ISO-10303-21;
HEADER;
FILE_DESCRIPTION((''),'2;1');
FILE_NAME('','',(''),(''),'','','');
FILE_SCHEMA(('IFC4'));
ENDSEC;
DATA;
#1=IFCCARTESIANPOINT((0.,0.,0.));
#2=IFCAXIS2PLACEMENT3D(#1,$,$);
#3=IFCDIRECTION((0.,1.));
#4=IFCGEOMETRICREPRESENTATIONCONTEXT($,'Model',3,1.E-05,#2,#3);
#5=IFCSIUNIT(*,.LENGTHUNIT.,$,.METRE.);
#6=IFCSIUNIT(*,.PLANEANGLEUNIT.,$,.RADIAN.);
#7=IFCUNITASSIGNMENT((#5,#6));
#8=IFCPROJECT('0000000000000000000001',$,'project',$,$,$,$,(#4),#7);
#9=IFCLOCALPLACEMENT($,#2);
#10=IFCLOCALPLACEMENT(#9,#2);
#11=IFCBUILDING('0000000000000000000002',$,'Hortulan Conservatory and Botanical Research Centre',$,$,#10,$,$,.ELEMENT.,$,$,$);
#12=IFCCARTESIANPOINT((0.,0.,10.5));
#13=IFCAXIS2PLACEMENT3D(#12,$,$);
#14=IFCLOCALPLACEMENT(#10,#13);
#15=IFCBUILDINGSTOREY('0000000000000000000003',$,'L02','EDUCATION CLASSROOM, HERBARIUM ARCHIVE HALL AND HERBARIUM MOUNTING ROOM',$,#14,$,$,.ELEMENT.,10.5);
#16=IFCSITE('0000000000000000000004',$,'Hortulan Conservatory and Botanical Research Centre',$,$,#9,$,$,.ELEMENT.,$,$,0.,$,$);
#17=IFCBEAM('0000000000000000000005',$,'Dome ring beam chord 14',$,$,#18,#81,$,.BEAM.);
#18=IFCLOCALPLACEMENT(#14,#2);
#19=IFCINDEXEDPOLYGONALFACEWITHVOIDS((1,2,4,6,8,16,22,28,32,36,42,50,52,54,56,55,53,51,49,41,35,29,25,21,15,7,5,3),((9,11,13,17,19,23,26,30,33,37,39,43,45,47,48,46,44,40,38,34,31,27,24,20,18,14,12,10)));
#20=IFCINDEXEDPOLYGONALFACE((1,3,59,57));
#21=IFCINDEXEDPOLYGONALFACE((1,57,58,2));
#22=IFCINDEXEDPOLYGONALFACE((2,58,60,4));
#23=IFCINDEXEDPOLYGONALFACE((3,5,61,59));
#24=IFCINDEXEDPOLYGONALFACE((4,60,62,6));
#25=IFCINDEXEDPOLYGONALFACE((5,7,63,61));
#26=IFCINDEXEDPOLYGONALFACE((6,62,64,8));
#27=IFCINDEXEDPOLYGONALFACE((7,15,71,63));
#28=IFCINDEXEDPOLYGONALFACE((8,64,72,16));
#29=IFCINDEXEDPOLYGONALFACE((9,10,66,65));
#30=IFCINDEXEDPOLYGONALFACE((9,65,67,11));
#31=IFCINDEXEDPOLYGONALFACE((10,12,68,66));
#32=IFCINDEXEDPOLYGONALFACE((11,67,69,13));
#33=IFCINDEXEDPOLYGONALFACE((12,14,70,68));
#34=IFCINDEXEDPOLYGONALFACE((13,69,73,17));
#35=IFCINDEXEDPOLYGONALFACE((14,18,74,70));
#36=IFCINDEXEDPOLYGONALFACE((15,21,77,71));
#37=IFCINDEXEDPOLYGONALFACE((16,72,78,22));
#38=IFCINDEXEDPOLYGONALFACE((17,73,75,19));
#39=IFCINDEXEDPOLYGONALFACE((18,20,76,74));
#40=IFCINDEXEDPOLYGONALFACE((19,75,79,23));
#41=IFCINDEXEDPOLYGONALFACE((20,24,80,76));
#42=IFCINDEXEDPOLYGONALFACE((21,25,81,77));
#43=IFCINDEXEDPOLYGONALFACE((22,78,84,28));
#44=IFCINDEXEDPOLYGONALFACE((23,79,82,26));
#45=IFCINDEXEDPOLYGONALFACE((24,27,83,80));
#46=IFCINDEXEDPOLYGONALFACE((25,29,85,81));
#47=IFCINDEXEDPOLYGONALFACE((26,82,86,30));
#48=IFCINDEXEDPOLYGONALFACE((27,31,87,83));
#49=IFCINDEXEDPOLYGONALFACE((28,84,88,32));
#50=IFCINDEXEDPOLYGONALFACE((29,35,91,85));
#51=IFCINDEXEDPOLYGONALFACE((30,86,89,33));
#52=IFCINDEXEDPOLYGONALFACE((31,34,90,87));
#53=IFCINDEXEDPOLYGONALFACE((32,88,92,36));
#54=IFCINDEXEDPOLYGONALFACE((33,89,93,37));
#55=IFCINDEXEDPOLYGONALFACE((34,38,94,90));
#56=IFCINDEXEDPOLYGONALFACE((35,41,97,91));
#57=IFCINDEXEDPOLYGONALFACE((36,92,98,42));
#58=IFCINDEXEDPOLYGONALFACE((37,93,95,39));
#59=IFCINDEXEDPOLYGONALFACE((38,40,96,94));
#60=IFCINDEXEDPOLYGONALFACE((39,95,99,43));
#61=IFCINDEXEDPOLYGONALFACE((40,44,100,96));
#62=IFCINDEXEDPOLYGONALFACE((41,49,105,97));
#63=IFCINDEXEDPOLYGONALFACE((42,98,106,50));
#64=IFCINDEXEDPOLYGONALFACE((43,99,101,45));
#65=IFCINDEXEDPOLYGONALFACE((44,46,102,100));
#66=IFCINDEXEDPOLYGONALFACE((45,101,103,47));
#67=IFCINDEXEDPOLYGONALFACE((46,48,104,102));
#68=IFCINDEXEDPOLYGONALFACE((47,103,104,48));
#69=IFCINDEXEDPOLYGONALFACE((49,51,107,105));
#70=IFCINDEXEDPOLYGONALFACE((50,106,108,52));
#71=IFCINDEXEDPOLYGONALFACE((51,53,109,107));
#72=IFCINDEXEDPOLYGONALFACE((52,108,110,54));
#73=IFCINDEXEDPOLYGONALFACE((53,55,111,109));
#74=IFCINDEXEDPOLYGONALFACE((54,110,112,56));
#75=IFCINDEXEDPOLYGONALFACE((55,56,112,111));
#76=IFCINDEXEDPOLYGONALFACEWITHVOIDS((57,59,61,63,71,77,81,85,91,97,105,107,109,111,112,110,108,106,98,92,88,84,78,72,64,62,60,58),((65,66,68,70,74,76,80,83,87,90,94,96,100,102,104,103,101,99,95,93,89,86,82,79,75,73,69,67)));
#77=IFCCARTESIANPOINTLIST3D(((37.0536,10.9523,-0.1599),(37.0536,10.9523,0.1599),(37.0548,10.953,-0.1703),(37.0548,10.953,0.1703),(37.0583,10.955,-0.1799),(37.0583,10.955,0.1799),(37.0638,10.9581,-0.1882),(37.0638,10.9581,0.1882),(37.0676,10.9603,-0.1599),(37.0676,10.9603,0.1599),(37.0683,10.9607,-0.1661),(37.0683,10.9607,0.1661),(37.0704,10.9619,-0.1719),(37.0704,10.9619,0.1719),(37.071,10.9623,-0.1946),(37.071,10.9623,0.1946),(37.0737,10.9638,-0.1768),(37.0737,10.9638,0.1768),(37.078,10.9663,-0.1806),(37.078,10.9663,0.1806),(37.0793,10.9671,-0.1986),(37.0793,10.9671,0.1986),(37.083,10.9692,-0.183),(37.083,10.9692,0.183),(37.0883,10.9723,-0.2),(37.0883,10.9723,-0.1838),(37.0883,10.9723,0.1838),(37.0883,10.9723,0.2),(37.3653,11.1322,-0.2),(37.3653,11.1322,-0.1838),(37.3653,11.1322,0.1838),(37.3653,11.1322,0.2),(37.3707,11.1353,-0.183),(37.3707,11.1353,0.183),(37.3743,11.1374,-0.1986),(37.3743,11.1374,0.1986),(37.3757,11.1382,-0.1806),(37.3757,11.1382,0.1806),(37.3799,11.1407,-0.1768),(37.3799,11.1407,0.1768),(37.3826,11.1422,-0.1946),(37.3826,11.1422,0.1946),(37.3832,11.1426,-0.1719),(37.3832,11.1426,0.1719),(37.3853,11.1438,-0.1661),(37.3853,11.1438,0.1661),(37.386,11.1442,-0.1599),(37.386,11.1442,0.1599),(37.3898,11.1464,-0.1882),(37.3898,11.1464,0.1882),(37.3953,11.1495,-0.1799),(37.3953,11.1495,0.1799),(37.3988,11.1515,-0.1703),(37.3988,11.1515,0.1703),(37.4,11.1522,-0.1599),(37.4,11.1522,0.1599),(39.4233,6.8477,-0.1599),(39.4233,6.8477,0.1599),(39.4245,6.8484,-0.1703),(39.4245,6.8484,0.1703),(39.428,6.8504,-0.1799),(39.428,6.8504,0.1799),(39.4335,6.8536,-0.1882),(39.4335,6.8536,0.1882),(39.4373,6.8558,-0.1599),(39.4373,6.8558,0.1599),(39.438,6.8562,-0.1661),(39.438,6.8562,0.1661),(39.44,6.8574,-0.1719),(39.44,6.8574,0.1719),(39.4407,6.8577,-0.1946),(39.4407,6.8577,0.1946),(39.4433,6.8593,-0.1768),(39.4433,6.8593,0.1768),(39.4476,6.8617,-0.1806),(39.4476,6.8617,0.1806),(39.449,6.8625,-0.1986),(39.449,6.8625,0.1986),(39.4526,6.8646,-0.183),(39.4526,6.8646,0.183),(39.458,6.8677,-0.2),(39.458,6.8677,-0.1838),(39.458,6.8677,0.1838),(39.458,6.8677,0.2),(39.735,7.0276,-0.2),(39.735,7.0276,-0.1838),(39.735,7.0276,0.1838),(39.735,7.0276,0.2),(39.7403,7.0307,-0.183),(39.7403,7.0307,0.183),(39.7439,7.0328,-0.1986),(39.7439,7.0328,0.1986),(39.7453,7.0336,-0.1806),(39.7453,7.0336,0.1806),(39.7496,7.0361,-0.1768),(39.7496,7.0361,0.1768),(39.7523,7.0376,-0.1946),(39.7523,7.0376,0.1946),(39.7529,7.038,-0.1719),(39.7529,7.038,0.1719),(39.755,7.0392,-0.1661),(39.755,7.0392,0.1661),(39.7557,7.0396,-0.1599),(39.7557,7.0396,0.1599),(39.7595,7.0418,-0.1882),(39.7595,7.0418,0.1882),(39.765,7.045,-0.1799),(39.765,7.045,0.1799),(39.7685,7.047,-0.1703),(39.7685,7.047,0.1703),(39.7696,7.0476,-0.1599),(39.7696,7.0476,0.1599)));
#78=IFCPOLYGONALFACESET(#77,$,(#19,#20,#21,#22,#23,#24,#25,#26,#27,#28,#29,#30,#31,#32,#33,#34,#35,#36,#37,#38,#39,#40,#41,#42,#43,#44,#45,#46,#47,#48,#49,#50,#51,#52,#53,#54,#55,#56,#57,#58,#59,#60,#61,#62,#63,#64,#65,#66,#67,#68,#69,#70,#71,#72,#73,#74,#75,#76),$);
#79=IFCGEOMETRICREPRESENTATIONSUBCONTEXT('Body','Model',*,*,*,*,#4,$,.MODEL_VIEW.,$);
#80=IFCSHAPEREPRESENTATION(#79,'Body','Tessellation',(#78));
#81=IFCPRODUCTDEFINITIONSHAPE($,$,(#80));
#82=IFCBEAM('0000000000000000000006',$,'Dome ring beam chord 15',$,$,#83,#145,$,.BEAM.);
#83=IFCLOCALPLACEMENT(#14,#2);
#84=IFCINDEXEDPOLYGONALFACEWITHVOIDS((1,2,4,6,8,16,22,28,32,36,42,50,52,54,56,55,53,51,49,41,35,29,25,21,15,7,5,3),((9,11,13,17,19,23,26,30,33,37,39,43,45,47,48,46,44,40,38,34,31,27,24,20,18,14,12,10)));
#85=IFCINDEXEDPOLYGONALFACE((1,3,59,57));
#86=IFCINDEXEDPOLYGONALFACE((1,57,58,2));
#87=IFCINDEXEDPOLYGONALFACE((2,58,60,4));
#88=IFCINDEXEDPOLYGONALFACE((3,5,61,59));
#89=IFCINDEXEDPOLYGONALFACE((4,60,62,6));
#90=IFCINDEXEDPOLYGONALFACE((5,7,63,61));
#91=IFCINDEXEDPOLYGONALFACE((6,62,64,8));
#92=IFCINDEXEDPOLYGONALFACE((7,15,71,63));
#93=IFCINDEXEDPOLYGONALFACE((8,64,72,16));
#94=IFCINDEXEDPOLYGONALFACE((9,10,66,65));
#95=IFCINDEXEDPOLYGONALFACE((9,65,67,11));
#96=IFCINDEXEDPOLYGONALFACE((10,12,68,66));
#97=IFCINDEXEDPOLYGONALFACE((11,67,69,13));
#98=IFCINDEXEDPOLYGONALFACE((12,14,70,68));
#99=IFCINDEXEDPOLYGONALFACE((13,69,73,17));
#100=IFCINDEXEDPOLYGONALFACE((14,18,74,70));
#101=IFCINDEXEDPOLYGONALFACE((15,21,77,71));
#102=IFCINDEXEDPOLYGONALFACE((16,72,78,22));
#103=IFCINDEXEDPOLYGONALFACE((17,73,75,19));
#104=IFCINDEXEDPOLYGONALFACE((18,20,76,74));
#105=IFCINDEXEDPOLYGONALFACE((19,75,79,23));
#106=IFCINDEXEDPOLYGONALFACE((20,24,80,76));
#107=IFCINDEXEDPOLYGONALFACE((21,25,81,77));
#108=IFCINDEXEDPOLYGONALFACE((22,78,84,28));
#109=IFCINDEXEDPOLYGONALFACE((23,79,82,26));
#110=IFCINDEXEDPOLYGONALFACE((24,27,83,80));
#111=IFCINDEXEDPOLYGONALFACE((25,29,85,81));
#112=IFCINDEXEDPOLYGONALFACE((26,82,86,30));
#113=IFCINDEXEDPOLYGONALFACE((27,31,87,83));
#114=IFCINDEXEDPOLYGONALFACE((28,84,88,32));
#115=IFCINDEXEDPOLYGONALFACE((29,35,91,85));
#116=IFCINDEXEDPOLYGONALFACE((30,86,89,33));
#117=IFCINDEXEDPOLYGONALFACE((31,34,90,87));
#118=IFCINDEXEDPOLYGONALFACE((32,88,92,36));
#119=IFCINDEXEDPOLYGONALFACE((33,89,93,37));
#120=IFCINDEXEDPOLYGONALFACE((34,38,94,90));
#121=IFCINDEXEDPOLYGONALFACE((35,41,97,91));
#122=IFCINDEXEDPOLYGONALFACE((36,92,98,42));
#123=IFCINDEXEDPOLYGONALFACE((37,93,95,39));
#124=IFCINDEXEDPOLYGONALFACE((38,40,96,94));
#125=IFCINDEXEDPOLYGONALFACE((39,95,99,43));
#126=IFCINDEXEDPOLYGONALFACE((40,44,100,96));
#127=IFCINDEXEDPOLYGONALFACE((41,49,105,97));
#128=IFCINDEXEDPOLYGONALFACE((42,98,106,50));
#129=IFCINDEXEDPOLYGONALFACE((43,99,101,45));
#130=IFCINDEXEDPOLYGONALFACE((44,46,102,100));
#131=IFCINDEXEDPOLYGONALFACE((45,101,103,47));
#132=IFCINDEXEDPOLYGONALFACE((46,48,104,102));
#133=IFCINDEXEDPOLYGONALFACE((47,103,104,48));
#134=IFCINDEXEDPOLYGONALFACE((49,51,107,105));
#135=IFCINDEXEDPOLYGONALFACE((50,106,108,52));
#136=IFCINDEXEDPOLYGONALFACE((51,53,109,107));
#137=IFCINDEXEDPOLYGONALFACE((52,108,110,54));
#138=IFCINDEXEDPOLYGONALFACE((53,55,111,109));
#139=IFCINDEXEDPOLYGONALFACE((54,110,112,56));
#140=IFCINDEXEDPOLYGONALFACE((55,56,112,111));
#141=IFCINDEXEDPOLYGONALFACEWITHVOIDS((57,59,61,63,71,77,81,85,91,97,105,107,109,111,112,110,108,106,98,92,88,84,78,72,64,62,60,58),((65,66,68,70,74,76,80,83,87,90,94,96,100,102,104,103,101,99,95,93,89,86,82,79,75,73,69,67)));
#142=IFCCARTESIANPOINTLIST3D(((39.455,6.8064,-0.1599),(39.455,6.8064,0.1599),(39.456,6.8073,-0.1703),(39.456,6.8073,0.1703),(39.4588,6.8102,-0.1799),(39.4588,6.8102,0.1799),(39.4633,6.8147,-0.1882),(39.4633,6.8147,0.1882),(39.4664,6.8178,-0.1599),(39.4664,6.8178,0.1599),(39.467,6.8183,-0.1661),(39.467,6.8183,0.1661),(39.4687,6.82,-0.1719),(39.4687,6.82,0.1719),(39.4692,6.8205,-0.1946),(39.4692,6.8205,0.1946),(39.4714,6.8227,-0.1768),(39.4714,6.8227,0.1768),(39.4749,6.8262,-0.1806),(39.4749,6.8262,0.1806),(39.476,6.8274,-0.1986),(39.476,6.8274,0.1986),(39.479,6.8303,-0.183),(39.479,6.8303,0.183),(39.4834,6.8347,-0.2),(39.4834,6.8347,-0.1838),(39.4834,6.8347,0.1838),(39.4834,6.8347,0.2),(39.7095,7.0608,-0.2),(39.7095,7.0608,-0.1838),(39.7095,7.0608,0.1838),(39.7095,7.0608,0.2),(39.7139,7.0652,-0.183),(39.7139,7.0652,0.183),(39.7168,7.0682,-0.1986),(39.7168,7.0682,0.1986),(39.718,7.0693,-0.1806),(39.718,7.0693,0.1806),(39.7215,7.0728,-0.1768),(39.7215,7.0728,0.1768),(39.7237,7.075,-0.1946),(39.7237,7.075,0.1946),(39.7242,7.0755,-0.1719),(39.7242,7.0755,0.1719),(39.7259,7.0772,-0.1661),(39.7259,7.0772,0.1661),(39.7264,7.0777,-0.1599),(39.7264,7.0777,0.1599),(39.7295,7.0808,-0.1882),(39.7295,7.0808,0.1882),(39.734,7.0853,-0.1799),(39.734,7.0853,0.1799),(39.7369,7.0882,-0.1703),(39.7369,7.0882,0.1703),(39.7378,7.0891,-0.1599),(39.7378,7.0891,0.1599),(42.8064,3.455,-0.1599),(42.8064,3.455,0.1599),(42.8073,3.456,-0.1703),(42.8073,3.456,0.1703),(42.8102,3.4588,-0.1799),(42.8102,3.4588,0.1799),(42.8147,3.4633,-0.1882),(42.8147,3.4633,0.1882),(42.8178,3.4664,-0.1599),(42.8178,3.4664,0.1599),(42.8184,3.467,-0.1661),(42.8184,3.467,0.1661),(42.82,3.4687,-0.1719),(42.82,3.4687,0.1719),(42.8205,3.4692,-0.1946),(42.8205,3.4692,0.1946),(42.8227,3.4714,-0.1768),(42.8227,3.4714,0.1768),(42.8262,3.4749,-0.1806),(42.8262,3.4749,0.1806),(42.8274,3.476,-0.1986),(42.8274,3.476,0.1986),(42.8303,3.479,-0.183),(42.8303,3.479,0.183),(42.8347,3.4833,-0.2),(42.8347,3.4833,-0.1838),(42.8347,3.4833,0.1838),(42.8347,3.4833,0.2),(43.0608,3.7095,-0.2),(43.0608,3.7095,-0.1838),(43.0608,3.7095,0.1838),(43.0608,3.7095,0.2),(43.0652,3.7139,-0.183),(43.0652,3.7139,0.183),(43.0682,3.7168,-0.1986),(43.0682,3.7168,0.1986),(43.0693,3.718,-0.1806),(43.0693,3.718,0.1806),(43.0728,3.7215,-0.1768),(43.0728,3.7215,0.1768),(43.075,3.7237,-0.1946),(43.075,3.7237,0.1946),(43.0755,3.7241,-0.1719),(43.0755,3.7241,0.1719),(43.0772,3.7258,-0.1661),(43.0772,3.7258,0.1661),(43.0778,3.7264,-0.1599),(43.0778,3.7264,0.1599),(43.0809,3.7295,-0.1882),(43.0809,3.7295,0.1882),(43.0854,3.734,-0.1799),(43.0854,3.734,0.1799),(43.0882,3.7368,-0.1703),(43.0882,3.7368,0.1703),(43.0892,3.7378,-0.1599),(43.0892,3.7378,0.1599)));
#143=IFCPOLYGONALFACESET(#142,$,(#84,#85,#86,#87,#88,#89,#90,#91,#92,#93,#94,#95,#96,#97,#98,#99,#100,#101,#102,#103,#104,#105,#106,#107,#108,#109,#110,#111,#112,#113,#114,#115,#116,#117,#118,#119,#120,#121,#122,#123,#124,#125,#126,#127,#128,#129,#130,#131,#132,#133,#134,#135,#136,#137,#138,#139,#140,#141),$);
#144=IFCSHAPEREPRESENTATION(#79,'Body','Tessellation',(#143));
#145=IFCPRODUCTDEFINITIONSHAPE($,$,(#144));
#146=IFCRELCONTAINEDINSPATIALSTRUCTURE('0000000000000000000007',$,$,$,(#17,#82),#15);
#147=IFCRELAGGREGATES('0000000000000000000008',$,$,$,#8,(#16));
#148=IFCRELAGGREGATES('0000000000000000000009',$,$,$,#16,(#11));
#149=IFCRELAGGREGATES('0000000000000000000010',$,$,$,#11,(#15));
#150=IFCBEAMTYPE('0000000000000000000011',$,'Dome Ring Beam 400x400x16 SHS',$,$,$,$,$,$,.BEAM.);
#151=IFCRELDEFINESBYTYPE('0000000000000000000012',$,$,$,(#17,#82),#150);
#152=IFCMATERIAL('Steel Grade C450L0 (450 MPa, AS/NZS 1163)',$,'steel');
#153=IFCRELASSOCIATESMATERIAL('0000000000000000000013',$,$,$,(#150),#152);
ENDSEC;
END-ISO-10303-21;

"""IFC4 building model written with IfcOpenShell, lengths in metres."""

from ifc_helpers import new_model, si_unit, direction, frame, origin, origin_2d, place, context, subcontext, project, spatial, hollow_rectangle, extrude, material, material_profile, profile_set, type_object, element, save


model = new_model("IFC4")

# Units and contexts
model_context = context("Model", 3, precision=1e-05, world=origin(), true_north=direction((0.0, 1.0)))
body_context = subcontext(model_context, "Body", "Model", "MODEL_VIEW")
ifc_project = project(units=[si_unit("LENGTHUNIT", "METRE"), si_unit("PLANEANGLEUNIT", "RADIAN")], contexts=[model_context])

# Site, building, storey
site_placement = place(None, origin())
site = spatial("IfcSite", under=ifc_project, at=site_placement, Name="Hortulan Conservatory and Botanical Research Centre", CompositionType="ELEMENT", RefElevation=0.0)
building_placement = place(site_placement, origin())
building = spatial("IfcBuilding", under=site, at=building_placement, Name="Hortulan Conservatory and Botanical Research Centre", CompositionType="ELEMENT")
storey_placement = place(building_placement, frame((0.0, 0.0, 10.5)))
storey = spatial("IfcBuildingStorey", under=building, at=storey_placement, Name="L02", Description="EDUCATION CLASSROOM, HERBARIUM ARCHIVE HALL AND HERBARIUM MOUNTING ROOM", CompositionType="ELEMENT", Elevation=10.5)

# Beams
ifc_material_1 = material(Name="Steel Grade C450L0 (450 MPa, AS/NZS 1163)", Category="steel")
ifc_material_profile_1 = material_profile(ifc_material_1, hollow_rectangle(XDim=0.3999, YDim=0.3999, WallThickness=0.0161, InnerFilletRadius=0.0239, OuterFilletRadius=0.04, at=origin_2d()), Name="400x400x16SHS")
ifc_profile_set_1 = profile_set([ifc_material_profile_1], Name="Steel Grade C450L0 (450 MPa, AS/NZS 1163)")
beam_type_1 = type_object("IfcBeamType", Name="Dome Ring Beam 400x400x16 SHS", PredefinedType="BEAM", material=ifc_profile_set_1)
for number, where, z_axis, x_axis, name in (
    (1, (37.2268, 11.0522, 0.0), (0.499984, -0.866035, 0.0), (0.866035, 0.499984, 0.0), "Dome ring beam chord 14"),
    (2, (39.5964, 6.9478, 0.0), (0.707107, -0.707107, 0.0), (0.707107, 0.707107, 0.0), "Dome ring beam chord 15"),
):
    element("IfcBeam", number, at=place(storey_placement, frame(where, z_axis=z_axis, x_axis=x_axis)), inside=storey, type_object=beam_type_1, Name=name, PredefinedType="BEAM", context=body_context, shape_type="SweptSolid", body=[
        extrude(hollow_rectangle(XDim=0.3999, YDim=0.3999, WallThickness=0.0161, InnerFilletRadius=0.0239, OuterFilletRadius=0.04, at=origin_2d()), origin(), (0.0, 0.0, 1.0), 4.7395),
    ])

save(model, "model.ifc")
